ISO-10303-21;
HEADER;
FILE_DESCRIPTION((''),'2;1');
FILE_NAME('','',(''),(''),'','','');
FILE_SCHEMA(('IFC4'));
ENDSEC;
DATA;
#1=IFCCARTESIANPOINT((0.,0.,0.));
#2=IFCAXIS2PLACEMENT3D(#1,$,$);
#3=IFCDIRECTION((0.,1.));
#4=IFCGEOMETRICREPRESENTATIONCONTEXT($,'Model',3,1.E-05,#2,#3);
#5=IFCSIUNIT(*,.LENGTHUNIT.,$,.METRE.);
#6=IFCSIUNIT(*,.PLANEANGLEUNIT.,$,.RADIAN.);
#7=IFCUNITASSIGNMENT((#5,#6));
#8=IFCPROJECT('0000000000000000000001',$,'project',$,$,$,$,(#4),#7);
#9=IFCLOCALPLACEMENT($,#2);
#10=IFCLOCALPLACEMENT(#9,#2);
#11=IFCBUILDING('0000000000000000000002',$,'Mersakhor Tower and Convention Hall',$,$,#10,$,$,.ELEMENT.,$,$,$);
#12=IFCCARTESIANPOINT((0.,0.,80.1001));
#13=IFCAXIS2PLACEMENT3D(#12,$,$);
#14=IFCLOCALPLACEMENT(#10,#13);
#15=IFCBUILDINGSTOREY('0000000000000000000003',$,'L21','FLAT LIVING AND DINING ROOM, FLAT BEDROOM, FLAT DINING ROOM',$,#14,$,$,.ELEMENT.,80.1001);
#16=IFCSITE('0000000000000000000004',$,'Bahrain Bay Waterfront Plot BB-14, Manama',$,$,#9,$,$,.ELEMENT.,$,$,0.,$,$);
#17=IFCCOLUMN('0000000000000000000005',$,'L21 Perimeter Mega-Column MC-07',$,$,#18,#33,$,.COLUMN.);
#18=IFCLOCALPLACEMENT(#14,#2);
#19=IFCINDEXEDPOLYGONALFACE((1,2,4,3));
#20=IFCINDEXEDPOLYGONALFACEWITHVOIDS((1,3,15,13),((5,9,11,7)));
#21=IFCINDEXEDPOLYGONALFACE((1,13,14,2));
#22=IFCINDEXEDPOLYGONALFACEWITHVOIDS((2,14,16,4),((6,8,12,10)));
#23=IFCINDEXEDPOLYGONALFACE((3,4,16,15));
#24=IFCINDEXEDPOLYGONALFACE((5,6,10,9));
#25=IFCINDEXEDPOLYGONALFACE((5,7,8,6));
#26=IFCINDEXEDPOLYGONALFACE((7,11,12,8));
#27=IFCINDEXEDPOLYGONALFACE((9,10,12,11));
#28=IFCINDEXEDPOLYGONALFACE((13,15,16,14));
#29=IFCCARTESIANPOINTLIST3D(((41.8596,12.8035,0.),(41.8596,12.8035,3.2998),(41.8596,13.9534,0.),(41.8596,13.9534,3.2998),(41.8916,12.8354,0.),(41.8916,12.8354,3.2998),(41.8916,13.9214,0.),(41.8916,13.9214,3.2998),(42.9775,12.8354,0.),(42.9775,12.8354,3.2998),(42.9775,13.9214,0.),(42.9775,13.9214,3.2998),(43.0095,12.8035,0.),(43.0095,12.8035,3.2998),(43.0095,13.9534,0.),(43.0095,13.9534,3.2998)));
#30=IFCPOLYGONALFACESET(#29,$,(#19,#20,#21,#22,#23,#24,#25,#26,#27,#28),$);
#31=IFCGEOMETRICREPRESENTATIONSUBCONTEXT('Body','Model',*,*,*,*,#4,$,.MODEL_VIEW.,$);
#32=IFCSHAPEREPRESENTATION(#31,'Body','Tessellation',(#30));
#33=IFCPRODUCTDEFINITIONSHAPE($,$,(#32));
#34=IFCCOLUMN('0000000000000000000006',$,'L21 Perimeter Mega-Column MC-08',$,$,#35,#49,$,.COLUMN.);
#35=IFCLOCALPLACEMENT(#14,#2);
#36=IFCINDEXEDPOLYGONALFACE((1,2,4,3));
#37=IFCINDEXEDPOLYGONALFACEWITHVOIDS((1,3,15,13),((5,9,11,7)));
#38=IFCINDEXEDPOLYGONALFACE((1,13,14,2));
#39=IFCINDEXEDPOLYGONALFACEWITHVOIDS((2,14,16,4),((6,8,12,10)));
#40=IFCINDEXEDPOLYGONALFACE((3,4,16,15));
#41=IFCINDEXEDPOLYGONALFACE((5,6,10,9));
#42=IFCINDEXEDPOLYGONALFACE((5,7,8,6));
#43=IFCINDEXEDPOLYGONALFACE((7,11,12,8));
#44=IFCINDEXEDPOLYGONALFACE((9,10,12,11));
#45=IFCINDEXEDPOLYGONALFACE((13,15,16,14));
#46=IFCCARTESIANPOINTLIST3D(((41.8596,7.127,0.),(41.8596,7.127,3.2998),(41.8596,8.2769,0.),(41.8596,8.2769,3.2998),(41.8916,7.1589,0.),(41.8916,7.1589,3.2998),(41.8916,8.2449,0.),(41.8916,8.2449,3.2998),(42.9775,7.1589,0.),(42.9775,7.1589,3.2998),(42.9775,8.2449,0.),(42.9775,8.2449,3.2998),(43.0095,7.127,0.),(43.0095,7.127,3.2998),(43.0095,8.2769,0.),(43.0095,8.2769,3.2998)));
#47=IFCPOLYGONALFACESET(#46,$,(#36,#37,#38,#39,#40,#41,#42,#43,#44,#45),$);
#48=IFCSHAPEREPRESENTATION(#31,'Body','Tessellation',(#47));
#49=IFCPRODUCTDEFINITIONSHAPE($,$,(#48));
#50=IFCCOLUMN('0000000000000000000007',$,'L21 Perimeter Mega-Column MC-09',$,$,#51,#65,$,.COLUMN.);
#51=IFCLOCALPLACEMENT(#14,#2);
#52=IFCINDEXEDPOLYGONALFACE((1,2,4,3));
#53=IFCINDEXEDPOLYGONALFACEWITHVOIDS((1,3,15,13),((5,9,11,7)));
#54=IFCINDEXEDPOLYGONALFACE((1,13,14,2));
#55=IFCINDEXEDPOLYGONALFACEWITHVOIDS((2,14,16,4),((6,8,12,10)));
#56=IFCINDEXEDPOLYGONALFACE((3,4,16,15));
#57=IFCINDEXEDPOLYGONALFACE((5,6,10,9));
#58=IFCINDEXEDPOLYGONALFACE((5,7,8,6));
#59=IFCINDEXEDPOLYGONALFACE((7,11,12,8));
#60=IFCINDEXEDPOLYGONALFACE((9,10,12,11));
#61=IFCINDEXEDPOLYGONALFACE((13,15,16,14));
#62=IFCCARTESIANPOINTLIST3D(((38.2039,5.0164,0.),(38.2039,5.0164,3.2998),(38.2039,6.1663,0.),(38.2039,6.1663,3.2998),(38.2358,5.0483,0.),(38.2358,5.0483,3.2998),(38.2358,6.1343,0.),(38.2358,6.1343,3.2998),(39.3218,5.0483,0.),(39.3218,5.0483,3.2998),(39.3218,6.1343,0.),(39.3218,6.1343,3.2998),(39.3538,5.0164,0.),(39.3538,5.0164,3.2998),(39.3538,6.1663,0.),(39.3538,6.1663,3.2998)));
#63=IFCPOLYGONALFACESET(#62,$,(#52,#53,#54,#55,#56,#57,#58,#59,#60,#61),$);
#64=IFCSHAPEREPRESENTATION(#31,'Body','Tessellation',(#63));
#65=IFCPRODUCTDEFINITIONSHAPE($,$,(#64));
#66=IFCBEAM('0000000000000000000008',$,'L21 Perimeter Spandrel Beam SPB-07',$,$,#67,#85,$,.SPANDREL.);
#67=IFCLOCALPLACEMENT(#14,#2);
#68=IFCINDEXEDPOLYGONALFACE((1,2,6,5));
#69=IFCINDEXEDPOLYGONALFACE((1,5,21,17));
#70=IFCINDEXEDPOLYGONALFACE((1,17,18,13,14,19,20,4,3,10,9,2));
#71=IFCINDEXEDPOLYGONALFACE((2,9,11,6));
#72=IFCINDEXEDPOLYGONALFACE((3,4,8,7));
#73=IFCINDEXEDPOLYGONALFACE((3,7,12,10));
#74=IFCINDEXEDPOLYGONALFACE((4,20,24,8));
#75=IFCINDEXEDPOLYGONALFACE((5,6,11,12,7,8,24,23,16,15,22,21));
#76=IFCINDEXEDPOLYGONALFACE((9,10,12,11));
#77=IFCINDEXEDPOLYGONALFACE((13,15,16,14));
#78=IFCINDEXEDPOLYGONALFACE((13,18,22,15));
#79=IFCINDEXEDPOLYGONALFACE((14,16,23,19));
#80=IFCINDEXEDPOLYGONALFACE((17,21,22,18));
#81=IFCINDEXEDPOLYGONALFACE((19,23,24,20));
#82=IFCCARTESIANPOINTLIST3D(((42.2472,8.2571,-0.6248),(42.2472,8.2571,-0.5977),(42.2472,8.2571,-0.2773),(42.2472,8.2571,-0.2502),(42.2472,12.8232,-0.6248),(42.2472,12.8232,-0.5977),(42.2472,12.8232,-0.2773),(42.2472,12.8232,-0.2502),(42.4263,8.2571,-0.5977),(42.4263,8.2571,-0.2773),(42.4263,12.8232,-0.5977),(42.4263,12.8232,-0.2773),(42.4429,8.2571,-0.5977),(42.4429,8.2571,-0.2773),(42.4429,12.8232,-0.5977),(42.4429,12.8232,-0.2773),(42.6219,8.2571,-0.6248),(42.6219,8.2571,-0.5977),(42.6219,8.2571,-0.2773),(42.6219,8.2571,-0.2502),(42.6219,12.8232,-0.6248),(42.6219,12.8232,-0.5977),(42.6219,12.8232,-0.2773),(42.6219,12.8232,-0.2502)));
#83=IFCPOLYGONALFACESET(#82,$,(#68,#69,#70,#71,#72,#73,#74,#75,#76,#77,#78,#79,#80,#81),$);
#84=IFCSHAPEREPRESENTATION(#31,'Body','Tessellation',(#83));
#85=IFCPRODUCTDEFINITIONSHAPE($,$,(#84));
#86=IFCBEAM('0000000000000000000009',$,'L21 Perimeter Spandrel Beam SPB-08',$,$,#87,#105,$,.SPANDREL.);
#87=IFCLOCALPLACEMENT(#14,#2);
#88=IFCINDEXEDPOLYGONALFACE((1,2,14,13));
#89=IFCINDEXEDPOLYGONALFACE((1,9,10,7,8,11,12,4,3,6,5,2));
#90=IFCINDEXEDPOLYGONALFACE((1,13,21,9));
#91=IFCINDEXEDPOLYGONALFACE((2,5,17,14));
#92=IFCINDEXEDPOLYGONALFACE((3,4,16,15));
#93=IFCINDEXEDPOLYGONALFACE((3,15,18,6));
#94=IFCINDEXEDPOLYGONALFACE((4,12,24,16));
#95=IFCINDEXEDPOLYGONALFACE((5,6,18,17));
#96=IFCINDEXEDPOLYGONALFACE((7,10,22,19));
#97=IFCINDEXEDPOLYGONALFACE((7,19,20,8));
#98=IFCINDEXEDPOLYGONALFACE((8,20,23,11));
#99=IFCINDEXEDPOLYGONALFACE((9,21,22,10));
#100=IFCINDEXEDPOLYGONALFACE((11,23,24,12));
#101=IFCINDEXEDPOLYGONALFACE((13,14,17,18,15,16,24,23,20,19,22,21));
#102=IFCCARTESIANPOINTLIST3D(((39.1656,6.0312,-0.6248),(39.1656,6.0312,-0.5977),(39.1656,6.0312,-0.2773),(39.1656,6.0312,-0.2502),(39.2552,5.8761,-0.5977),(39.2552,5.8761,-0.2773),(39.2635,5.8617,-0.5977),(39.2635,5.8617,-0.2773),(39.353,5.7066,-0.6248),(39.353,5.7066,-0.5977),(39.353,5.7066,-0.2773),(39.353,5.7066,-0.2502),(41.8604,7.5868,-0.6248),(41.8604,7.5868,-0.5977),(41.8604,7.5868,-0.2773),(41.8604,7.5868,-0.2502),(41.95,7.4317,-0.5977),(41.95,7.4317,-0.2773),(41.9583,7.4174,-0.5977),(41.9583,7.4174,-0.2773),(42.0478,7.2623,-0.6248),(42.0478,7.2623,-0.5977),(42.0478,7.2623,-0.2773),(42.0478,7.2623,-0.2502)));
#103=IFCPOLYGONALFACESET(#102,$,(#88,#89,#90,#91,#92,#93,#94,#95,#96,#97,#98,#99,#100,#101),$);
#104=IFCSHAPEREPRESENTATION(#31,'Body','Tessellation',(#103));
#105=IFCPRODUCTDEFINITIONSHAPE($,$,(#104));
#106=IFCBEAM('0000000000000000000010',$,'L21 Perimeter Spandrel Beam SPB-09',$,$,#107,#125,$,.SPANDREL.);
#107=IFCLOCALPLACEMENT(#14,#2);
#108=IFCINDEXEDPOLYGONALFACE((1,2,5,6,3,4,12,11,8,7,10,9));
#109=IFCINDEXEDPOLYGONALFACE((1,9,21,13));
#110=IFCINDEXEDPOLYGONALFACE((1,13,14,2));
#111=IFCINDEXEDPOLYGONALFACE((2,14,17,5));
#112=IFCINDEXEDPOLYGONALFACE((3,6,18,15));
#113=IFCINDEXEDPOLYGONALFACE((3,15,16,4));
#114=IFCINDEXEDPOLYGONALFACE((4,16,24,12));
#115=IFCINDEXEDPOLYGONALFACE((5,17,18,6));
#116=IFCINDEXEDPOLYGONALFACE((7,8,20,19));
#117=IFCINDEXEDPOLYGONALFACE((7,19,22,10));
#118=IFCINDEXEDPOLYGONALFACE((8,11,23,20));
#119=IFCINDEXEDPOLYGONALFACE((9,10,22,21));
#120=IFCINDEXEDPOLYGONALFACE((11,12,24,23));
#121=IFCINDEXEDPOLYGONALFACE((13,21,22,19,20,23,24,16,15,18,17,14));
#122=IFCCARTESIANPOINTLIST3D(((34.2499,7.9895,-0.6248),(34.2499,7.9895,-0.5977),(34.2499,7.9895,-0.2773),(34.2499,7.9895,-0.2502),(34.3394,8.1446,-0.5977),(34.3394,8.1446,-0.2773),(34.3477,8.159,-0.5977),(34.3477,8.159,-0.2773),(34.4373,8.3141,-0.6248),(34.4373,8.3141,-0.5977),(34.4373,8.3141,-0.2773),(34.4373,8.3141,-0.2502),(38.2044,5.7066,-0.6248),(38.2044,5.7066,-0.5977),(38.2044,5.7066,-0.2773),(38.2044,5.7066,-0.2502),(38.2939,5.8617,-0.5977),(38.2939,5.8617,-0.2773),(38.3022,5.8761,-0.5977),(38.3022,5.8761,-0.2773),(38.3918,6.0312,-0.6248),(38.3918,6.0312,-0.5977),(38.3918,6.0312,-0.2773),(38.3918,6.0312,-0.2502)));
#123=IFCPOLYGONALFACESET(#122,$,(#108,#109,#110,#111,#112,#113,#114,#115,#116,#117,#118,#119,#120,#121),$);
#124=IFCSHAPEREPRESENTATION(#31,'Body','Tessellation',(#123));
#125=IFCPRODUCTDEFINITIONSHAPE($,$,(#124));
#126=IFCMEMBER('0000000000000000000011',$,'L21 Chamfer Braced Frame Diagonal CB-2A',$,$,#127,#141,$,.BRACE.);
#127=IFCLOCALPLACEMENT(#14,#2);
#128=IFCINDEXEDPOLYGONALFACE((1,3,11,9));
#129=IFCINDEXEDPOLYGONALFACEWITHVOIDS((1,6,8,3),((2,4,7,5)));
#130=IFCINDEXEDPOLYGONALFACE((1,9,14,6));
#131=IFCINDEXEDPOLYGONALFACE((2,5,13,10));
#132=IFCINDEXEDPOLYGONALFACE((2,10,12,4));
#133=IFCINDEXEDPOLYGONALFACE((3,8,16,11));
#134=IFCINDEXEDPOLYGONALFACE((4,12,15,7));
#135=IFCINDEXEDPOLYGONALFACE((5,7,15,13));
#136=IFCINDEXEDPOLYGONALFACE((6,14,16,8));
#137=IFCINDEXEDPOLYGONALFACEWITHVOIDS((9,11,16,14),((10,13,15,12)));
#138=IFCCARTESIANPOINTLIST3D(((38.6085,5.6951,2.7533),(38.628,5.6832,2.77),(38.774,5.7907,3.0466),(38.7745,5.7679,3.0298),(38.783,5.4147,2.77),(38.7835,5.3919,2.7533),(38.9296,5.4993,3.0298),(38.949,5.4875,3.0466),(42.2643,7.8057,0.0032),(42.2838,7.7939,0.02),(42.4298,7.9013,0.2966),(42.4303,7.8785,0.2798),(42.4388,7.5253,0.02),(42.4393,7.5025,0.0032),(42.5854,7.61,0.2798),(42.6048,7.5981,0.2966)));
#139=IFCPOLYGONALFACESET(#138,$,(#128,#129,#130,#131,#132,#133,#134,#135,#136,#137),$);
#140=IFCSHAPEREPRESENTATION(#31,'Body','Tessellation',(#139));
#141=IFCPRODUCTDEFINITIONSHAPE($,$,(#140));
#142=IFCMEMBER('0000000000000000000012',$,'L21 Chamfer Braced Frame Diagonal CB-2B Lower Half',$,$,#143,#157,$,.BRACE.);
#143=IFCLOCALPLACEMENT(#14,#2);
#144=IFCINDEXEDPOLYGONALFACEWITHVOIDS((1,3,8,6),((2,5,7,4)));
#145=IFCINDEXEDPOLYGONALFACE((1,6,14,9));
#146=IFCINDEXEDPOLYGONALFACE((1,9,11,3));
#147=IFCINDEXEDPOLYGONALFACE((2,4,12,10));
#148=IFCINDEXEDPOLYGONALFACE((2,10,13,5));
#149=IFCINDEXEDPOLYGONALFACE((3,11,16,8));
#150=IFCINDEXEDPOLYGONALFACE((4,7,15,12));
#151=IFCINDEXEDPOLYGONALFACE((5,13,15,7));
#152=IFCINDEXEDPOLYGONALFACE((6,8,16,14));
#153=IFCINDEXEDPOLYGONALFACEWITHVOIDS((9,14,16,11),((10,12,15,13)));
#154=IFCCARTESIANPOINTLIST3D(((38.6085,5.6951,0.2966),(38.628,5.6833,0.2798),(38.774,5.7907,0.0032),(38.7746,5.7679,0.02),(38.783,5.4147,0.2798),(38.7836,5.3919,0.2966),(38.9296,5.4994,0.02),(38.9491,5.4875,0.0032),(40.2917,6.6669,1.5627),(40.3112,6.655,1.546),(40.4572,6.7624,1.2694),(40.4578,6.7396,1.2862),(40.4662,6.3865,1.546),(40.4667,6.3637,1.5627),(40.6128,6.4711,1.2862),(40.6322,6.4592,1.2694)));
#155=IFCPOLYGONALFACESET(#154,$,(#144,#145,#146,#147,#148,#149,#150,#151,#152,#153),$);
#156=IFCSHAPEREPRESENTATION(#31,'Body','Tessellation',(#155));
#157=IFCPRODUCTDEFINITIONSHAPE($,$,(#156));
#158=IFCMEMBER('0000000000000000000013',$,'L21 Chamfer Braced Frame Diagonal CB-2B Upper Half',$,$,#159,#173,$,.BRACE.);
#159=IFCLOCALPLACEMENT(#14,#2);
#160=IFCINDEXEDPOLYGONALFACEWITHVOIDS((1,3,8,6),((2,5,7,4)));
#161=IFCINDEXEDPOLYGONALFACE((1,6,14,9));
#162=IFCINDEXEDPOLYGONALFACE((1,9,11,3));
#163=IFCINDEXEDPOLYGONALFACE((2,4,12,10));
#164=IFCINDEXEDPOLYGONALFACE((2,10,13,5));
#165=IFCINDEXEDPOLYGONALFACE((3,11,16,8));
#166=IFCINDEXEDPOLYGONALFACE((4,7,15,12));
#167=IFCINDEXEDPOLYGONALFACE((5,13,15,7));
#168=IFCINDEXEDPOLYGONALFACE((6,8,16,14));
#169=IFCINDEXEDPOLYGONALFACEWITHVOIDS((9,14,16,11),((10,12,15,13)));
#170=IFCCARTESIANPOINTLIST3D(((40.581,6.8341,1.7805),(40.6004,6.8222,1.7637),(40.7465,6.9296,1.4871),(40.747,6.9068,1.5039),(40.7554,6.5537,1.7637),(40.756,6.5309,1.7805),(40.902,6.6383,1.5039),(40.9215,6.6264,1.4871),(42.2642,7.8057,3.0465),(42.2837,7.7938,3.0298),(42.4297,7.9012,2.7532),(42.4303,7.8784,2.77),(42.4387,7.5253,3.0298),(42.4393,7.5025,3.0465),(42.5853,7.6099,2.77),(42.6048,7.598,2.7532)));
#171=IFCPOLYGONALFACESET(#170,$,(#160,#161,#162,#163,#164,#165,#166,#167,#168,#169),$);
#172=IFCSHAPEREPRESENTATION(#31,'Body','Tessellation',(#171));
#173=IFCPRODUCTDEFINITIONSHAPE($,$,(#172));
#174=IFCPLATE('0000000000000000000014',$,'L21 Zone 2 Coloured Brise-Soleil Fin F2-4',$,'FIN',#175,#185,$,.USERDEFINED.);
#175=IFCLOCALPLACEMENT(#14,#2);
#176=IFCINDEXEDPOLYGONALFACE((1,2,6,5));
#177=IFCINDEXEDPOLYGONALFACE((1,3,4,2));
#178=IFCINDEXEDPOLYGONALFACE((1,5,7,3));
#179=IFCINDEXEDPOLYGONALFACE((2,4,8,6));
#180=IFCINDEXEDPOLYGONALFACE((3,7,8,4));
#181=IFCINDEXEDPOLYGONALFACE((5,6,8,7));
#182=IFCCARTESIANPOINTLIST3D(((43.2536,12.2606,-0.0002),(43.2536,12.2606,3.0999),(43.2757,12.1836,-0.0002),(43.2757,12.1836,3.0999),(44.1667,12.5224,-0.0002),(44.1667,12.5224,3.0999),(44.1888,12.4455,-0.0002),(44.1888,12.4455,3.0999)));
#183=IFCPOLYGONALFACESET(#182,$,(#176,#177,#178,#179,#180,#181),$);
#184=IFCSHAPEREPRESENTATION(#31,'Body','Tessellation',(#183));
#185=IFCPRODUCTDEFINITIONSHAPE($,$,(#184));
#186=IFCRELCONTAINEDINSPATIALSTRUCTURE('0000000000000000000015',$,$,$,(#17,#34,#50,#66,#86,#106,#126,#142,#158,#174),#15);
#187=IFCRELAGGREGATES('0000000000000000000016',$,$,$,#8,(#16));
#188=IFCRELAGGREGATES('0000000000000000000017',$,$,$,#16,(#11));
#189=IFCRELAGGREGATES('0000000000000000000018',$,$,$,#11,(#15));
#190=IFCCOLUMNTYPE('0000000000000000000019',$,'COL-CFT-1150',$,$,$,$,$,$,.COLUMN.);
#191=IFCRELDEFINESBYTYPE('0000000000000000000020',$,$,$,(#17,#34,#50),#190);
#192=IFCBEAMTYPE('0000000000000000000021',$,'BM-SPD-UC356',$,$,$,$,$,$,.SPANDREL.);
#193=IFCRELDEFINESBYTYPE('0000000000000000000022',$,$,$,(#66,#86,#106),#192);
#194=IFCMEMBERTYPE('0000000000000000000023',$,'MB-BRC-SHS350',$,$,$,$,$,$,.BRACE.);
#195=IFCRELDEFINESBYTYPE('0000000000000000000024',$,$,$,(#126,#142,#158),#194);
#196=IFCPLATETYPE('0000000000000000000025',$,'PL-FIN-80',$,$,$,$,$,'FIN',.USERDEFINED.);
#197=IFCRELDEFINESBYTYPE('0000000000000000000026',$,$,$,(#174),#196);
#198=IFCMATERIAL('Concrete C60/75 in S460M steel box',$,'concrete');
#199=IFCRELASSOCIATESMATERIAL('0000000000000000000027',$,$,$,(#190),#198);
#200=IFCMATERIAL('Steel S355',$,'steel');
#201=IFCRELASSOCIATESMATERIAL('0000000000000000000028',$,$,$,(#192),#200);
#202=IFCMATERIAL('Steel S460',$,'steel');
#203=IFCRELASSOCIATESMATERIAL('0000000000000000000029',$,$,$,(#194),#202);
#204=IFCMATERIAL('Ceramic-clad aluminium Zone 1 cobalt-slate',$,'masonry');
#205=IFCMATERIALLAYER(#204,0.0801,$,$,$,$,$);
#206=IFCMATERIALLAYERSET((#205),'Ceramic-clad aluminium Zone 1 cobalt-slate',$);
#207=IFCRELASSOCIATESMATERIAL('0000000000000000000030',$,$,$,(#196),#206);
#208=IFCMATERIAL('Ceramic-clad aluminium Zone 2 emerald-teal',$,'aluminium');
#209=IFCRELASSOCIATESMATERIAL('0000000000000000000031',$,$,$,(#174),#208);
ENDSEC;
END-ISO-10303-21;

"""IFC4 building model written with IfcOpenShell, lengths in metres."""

from ifc_helpers import new_model, si_unit, direction, frame, origin, origin_2d, place, context, subcontext, project, spatial, rectangle, hollow_rectangle, i_section, extrude, material, layer, layer_set, material_profile, profile_set, type_object, element, save


model = new_model("IFC4")

# Units and contexts
model_context = context("Model", 3, precision=1e-05, world=origin(), true_north=direction((0.0, 1.0)))
body_context = subcontext(model_context, "Body", "Model", "MODEL_VIEW")
ifc_project = project(units=[si_unit("LENGTHUNIT", "METRE"), si_unit("PLANEANGLEUNIT", "RADIAN")], contexts=[model_context])

# Site, building, storey
site_placement = place(None, origin())
site = spatial("IfcSite", under=ifc_project, at=site_placement, Name="Bahrain Bay Waterfront Plot BB-14, Manama", CompositionType="ELEMENT", RefElevation=0.0)
building_placement = place(site_placement, origin())
building = spatial("IfcBuilding", under=site, at=building_placement, Name="Mersakhor Tower and Convention Hall", CompositionType="ELEMENT")
storey_placement = place(building_placement, frame((0.0, 0.0, 80.1001)))
storey = spatial("IfcBuildingStorey", under=building, at=storey_placement, Name="L21", Description="FLAT LIVING AND DINING ROOM, FLAT BEDROOM, FLAT DINING ROOM", CompositionType="ELEMENT", Elevation=80.1001)

# Columns
ifc_material_1 = material(Name="Concrete C60/75 in S460M steel box", Category="concrete")
ifc_material_profile_1 = material_profile(ifc_material_1, hollow_rectangle(XDim=1.1499, YDim=1.1499, WallThickness=0.032, at=origin_2d()), Name="SHS 1150x1150x32")
ifc_profile_set_1 = profile_set([ifc_material_profile_1], Name="Concrete C60/75 in S460M steel box")
column_type = type_object("IfcColumnType", Name="COL-CFT-1150", PredefinedType="COLUMN", material=ifc_profile_set_1)
for number, where, z_axis, x_axis, name in (
    (1, (42.4346, 13.3784, 0.0), (0.0, 0.0, 1.0), (1.0, 0.0, 0.0), "L21 Perimeter Mega-Column MC-07"),
    (2, (42.4346, 7.7019, 0.0), (0.0, 0.0, 1.0), (1.0, 0.0, 0.0), "L21 Perimeter Mega-Column MC-08"),
    (3, (38.7788, 5.5913, 0.0), (0.0, 0.0, 1.0), (1.0, 0.0, 0.0), "L21 Perimeter Mega-Column MC-09"),
):
    element("IfcColumn", number, at=place(storey_placement, frame(where, z_axis=z_axis, x_axis=x_axis)), inside=storey, type_object=column_type, Name=name, PredefinedType="COLUMN", context=body_context, shape_type="SweptSolid", body=[
        extrude(hollow_rectangle(XDim=1.1499, YDim=1.1499, WallThickness=0.032, at=origin_2d()), origin(), (0.0, 0.0, 1.0), 3.2998),
    ])

# Beams
ifc_material_2 = material(Name="Steel S355", Category="steel")
ifc_material_profile_2 = material_profile(ifc_material_2, i_section(OverallWidth=0.3748, OverallDepth=0.3745, WebThickness=0.0166, FlangeThickness=0.0271, at=origin_2d()), Name="UC 356x368x202")
ifc_profile_set_2 = profile_set([ifc_material_profile_2], Name="Steel S355")
beam_type = type_object("IfcBeamType", Name="BM-SPD-UC356", PredefinedType="SPANDREL", material=ifc_profile_set_2)
beam_1_placement = place(storey_placement, frame((42.4346, 12.8232, -0.4375), z_axis=(0.0, -1.0, 0.0), x_axis=(1.0, 0.0, 0.0)))
element("IfcBeam", 4, at=beam_1_placement, inside=storey, type_object=beam_type, Name="L21 Perimeter Spandrel Beam SPB-07", PredefinedType="SPANDREL", context=body_context, shape_type="SweptSolid", body=[
    extrude(i_section(OverallWidth=0.3748, OverallDepth=0.3745, WebThickness=0.0166, FlangeThickness=0.0271, at=origin_2d()), origin(), (0.0, 0.0, 1.0), 4.5662),
])
beam_2_placement = place(storey_placement, frame((41.9541, 7.4246, -0.4375), z_axis=(-0.866052, -0.499953, 0.0), x_axis=(0.499953, -0.866052, 0.0)))
element("IfcBeam", 5, at=beam_2_placement, inside=storey, type_object=beam_type, Name="L21 Perimeter Spandrel Beam SPB-08", PredefinedType="SPANDREL", context=body_context, shape_type="SweptSolid", body=[
    extrude(i_section(OverallWidth=0.3748, OverallDepth=0.3745, WebThickness=0.0166, FlangeThickness=0.0271, at=origin_2d()), origin(), (0.0, 0.0, 1.0), 3.1116),
])
beam_3_placement = place(storey_placement, frame((38.2981, 5.8689, -0.4375), z_axis=(-0.866047, 0.499963, 0.0), x_axis=(-0.499963, -0.866047, 0.0)))
element("IfcBeam", 6, at=beam_3_placement, inside=storey, type_object=beam_type, Name="L21 Perimeter Spandrel Beam SPB-09", PredefinedType="SPANDREL", context=body_context, shape_type="SweptSolid", body=[
    extrude(i_section(OverallWidth=0.3748, OverallDepth=0.3745, WebThickness=0.0166, FlangeThickness=0.0271, at=origin_2d()), origin(), (0.0, 0.0, 1.0), 4.5662),
])

# Members
ifc_material_3 = material(Name="Steel S460", Category="steel")
ifc_material_profile_3 = material_profile(ifc_material_3, hollow_rectangle(XDim=0.3501, YDim=0.3501, WallThickness=0.02, at=origin_2d()), Name="SHS 350x350x20")
ifc_profile_set_3 = profile_set([ifc_material_profile_3], Name="Steel S460")
member_type = type_object("IfcMemberType", Name="MB-BRC-SHS350", PredefinedType="BRACE", material=ifc_profile_set_3)
member_placement = place(storey_placement, frame((42.4346, 7.7019, 0.1499), z_axis=(-0.725634, -0.418933, 0.545849), x_axis=(0.499989, -0.866031, 0.0)))
element("IfcMember", 7, at=member_placement, inside=storey, type_object=member_type, Name="L21 Chamfer Braced Frame Diagonal CB-2A", PredefinedType="BRACE", context=body_context, shape_type="SweptSolid", body=[
    extrude(hollow_rectangle(XDim=0.3501, YDim=0.3501, WallThickness=0.02, at=origin_2d()), origin(), (0.0, 0.0, 1.0), 5.0381),
])
for number, where, z_axis, x_axis, name in (
    (8, (38.7788, 5.5913, 0.1499), (0.725635, 0.418919, 0.545858), (-0.499976, 0.866039, 0.0), "L21 Chamfer Braced Frame Diagonal CB-2B Lower Half"),
    (9, (40.7512, 6.7302, 1.6338), (0.725685, 0.418887, 0.545816), (-0.499922, 0.866071, 0.0), "L21 Chamfer Braced Frame Diagonal CB-2B Upper Half"),
):
    element("IfcMember", number, at=place(storey_placement, frame(where, z_axis=z_axis, x_axis=x_axis)), inside=storey, type_object=member_type, Name=name, PredefinedType="BRACE", context=body_context, shape_type="SweptSolid", body=[
        extrude(hollow_rectangle(XDim=0.3501, YDim=0.3501, WallThickness=0.02, at=origin_2d()), origin(), (0.0, 0.0, 1.0), 2.3196),
    ])

# Plate
ifc_material_4 = material(Name="Ceramic-clad aluminium Zone 2 emerald-teal", Category="aluminium")
ifc_material_5 = material(Name="Ceramic-clad aluminium Zone 1 cobalt-slate", Category="masonry")
ifc_layer_1 = layer(ifc_material_5, 0.0801)
ifc_layer_set_1 = layer_set([ifc_layer_1], Name="Ceramic-clad aluminium Zone 1 cobalt-slate")
plate_type_1 = type_object("IfcPlateType", Name="PL-FIN-80", ElementType="FIN", PredefinedType="USERDEFINED", material=ifc_layer_set_1)
plate_1_placement = place(storey_placement, frame((43.7212, 12.353, -0.0002), z_axis=(0.0, 0.0, 1.0), x_axis=(0.961262, 0.275637, 0.0)))
element("IfcPlate", 10, at=plate_1_placement, inside=storey, type_object=plate_type_1, material=ifc_material_4, Name="L21 Zone 2 Coloured Brise-Soleil Fin F2-4", ObjectType="FIN", PredefinedType="USERDEFINED", context=body_context, shape_type="SweptSolid", body=[
    extrude(rectangle(XDim=0.95, YDim=0.0801, at=origin_2d()), origin(), (0.0, 0.0, 1.0), 3.1001),
])

save(model, "model.ifc")
